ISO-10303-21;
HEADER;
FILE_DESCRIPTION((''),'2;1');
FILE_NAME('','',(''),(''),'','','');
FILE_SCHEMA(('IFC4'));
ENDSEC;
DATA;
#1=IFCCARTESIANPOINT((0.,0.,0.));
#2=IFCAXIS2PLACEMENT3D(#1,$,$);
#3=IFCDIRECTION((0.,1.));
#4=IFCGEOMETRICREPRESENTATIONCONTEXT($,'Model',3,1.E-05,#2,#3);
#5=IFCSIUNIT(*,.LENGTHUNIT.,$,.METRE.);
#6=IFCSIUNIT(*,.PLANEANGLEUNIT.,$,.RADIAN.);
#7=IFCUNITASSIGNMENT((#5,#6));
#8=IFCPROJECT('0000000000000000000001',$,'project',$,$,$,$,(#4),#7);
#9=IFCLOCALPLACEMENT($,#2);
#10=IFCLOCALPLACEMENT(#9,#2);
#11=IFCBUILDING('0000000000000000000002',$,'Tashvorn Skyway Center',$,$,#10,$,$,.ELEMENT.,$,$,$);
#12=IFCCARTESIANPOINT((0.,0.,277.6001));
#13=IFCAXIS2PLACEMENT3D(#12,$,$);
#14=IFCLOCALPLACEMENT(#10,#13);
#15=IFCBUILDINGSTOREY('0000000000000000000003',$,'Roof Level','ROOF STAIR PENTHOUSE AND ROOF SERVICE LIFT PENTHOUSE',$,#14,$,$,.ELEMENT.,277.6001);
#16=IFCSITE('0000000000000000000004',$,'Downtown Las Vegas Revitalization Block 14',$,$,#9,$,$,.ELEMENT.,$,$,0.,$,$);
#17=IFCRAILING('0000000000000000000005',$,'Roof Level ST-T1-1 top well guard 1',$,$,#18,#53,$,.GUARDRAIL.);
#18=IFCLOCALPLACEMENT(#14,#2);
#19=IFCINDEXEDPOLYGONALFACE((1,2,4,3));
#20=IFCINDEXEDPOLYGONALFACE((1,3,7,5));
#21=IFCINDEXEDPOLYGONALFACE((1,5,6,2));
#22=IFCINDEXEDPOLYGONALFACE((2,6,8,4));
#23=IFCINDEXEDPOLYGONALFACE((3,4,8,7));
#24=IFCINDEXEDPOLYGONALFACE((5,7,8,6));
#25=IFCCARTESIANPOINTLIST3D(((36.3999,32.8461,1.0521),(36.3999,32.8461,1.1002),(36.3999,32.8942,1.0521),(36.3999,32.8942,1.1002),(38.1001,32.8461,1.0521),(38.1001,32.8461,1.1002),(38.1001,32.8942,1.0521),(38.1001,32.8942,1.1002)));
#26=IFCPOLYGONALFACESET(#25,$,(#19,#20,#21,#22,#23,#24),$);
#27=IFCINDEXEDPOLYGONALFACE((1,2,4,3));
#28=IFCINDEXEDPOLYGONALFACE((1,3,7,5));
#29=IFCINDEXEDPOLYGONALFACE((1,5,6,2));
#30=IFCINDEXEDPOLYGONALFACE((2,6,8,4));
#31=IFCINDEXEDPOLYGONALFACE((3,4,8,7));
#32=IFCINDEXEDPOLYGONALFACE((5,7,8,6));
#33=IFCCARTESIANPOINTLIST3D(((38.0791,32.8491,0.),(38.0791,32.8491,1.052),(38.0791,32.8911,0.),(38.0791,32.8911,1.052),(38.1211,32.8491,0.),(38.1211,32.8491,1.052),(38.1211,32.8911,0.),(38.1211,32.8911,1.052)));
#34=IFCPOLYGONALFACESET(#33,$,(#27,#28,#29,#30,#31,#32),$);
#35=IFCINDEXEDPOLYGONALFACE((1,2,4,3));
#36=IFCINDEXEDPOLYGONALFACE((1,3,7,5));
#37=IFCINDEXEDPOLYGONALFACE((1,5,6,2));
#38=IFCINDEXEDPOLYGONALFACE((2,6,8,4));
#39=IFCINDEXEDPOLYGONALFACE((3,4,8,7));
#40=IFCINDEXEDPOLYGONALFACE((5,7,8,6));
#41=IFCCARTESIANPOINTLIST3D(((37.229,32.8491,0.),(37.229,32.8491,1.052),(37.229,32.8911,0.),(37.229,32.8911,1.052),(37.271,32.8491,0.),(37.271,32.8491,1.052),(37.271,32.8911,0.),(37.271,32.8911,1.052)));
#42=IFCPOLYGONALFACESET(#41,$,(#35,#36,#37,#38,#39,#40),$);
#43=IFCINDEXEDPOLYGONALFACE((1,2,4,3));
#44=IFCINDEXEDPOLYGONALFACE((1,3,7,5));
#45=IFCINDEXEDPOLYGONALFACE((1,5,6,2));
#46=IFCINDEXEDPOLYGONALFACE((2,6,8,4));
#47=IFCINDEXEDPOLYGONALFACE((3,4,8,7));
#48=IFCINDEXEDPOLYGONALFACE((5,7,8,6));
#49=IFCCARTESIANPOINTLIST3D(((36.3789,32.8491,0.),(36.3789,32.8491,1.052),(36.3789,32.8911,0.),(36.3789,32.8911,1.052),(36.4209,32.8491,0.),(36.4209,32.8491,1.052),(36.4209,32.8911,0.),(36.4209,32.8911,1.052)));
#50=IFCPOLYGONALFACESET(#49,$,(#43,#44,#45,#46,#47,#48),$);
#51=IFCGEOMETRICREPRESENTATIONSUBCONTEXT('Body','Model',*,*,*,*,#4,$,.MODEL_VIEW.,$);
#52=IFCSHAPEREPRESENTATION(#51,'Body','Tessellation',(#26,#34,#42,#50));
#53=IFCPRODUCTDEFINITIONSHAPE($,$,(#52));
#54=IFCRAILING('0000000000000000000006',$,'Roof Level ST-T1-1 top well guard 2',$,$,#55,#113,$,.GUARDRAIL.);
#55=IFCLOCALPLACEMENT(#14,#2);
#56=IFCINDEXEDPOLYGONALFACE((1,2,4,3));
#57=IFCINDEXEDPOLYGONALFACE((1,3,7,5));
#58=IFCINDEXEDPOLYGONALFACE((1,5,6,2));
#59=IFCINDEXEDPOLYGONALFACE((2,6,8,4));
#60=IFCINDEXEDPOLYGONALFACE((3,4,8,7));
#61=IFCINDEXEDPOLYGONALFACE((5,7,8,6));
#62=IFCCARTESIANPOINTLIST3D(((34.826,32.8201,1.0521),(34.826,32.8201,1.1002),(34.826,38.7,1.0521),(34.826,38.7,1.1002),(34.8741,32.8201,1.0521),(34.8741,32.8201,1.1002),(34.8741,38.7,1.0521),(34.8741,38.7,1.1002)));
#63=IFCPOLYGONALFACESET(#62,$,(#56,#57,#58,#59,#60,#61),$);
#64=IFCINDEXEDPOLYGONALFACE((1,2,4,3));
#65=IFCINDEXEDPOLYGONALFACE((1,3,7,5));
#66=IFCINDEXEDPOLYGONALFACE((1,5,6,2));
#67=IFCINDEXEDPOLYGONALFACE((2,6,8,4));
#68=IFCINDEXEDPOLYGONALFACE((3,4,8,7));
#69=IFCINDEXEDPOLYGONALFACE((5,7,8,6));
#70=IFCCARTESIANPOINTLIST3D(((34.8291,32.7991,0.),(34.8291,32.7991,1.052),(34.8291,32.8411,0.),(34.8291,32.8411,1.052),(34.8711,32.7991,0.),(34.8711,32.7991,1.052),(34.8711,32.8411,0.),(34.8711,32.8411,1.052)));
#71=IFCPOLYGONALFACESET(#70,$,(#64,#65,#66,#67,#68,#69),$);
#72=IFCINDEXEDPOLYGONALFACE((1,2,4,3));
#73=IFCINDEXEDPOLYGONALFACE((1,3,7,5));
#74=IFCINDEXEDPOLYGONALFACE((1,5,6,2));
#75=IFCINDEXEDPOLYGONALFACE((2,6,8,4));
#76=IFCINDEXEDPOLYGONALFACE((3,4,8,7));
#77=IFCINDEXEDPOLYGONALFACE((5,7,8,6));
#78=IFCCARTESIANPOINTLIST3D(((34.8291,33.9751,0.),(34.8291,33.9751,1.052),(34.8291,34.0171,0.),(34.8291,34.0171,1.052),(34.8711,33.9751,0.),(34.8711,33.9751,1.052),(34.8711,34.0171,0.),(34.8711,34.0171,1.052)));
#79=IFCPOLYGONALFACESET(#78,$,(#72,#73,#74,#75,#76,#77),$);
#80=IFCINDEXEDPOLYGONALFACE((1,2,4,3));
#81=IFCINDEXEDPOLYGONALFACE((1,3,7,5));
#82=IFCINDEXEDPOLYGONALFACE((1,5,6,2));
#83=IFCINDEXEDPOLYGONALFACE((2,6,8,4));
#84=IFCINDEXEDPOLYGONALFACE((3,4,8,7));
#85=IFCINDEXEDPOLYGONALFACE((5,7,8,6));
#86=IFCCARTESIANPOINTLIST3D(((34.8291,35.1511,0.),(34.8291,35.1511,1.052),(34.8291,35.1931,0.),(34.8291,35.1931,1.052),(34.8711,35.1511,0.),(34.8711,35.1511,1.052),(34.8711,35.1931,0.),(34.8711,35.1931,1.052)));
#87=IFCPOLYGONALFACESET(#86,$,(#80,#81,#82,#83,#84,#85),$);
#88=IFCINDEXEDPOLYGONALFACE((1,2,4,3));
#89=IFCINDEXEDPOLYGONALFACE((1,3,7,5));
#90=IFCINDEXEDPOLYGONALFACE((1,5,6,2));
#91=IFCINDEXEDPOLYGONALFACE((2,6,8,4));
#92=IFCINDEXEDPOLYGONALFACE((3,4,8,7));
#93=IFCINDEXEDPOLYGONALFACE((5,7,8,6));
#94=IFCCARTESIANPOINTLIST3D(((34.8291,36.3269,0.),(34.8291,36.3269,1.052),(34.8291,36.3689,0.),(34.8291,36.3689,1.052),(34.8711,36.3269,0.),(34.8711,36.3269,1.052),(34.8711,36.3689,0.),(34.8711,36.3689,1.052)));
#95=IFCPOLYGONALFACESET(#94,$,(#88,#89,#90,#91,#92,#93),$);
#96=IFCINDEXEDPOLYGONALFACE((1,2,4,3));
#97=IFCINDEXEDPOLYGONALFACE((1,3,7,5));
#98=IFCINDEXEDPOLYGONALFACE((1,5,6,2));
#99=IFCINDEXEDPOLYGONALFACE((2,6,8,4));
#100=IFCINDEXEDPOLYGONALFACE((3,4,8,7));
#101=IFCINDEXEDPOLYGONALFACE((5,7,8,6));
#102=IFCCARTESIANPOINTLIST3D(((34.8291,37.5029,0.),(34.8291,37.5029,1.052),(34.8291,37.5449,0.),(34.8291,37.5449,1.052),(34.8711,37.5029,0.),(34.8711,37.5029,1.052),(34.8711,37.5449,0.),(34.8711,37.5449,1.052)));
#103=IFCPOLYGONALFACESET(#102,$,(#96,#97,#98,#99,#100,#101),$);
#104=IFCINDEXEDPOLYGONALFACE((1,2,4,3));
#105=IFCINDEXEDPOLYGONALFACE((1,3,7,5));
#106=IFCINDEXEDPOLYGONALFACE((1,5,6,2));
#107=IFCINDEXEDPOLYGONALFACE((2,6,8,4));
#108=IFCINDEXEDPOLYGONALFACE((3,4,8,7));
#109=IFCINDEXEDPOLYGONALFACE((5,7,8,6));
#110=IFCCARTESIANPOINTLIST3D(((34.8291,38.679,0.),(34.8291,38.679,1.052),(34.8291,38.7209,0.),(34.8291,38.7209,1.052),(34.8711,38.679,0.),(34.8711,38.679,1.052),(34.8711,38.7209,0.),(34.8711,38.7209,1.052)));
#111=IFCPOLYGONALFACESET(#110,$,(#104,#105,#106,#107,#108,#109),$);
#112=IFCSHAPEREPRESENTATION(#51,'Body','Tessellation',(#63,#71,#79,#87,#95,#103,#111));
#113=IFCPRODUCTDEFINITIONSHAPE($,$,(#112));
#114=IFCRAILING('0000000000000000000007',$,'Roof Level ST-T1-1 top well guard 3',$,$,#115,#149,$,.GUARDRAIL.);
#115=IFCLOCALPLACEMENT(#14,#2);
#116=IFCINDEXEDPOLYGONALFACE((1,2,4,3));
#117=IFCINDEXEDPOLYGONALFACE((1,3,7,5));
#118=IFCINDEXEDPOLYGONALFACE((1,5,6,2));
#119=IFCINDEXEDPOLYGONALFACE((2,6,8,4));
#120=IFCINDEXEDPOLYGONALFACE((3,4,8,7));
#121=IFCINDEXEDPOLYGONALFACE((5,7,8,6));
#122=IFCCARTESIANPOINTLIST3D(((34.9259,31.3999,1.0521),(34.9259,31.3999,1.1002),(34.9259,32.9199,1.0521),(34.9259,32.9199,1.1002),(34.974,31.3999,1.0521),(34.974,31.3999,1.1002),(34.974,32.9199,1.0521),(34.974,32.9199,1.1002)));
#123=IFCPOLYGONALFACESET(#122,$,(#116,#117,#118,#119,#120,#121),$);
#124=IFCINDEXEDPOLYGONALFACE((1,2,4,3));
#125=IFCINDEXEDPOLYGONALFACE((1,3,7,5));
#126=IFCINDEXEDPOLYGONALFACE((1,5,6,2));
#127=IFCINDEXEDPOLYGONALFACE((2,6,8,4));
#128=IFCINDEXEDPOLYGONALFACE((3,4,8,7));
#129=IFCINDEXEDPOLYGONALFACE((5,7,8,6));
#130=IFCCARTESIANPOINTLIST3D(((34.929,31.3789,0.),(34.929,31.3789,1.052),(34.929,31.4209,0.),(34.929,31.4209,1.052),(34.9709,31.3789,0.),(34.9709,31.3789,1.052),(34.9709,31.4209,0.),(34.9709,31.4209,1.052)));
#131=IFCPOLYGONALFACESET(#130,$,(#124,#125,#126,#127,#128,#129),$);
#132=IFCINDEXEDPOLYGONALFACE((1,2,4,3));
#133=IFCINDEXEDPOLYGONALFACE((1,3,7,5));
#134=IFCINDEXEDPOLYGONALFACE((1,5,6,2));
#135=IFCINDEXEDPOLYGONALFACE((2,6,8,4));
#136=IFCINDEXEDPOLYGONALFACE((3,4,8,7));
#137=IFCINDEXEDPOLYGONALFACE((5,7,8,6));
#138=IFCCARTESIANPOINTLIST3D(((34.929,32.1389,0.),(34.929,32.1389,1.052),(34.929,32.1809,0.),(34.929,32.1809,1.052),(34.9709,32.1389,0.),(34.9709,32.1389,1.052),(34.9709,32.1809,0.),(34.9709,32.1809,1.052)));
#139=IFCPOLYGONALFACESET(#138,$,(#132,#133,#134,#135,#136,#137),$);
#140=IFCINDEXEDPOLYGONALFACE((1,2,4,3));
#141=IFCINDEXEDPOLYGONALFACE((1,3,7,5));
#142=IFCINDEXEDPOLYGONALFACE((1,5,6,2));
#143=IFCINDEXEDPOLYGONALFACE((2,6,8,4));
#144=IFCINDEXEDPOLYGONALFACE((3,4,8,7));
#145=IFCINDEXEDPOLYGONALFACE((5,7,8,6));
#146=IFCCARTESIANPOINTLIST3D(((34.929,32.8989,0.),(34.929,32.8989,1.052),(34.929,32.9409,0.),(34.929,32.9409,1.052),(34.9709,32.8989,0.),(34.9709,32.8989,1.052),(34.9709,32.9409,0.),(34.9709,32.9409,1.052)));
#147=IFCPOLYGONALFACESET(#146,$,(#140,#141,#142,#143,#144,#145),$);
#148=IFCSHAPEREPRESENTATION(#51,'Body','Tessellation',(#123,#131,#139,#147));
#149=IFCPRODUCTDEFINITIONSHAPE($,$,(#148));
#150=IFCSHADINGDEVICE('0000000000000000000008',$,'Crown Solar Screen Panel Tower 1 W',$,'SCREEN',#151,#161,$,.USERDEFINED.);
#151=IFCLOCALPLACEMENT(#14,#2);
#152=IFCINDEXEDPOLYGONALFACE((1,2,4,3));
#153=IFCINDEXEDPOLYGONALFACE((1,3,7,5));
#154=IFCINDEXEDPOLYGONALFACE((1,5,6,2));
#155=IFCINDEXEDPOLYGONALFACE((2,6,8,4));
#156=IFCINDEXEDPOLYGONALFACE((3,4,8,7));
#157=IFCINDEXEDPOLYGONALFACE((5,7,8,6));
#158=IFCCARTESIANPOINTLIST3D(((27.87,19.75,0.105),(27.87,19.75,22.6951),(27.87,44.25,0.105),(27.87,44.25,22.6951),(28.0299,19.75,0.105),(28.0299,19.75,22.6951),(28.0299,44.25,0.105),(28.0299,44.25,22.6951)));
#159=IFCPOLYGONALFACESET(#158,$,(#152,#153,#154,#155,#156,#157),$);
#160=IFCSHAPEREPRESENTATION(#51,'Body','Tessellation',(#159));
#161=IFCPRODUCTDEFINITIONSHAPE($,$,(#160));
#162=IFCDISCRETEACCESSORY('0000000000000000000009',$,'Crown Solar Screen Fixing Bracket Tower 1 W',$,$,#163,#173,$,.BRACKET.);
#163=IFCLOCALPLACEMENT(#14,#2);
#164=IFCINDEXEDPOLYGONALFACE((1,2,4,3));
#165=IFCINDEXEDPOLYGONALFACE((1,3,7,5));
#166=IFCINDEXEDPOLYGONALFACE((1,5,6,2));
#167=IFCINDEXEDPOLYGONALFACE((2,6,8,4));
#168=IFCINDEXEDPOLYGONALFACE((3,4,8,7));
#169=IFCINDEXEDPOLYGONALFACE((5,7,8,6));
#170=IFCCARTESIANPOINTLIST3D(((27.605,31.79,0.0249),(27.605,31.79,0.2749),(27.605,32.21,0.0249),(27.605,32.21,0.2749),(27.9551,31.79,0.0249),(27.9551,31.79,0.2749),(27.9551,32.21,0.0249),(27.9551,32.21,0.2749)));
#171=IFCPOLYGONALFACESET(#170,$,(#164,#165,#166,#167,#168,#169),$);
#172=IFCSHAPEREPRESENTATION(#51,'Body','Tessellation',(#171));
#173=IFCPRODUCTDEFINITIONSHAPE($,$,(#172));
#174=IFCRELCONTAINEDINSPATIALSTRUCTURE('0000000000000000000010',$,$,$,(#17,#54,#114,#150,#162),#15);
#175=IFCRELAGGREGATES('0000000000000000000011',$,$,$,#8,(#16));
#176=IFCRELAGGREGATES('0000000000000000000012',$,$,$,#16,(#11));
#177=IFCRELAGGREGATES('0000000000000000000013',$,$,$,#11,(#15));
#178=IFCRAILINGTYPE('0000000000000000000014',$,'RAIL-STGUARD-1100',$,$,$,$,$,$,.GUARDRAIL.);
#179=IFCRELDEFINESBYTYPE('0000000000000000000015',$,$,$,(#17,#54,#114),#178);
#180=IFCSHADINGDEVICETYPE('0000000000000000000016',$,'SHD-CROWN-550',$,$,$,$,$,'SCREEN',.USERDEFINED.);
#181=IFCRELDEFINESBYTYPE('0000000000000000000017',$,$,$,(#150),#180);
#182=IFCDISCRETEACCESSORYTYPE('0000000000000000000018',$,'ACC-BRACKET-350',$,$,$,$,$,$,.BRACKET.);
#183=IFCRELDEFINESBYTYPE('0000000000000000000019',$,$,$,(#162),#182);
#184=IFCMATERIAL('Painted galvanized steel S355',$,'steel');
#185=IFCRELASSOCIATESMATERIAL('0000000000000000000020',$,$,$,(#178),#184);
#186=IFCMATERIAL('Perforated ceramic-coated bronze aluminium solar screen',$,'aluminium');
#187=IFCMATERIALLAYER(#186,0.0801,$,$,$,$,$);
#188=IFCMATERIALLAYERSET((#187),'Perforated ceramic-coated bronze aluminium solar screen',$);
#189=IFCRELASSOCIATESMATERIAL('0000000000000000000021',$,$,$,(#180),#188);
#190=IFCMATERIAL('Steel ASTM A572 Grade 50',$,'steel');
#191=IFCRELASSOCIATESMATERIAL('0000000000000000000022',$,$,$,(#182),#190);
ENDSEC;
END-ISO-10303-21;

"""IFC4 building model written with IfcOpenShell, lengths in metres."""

from ifc_helpers import new_model, si_unit, direction, frame, origin, origin_2d, place, context, subcontext, project, spatial, rectangle, extrude, material, layer, layer_set, type_object, element, save


model = new_model("IFC4")

# Units and contexts
model_context = context("Model", 3, precision=1e-05, world=origin(), true_north=direction((0.0, 1.0)))
body_context = subcontext(model_context, "Body", "Model", "MODEL_VIEW")
ifc_project = project(units=[si_unit("LENGTHUNIT", "METRE"), si_unit("PLANEANGLEUNIT", "RADIAN")], contexts=[model_context])

# Site, building, storey
site_placement = place(None, origin())
site = spatial("IfcSite", under=ifc_project, at=site_placement, Name="Downtown Las Vegas Revitalization Block 14", CompositionType="ELEMENT", RefElevation=0.0)
building_placement = place(site_placement, origin())
building = spatial("IfcBuilding", under=site, at=building_placement, Name="Tashvorn Skyway Center", CompositionType="ELEMENT")
storey_placement = place(building_placement, frame((0.0, 0.0, 277.6001)))
storey = spatial("IfcBuildingStorey", under=building, at=storey_placement, Name="Roof Level", Description="ROOF STAIR PENTHOUSE AND ROOF SERVICE LIFT PENTHOUSE", CompositionType="ELEMENT", Elevation=277.6001)

# Shared definitions
ifc_material_1 = material(Name="Steel ASTM A572 Grade 50", Category="steel")

# Shared definitions
ifc_material_2 = material(Name="Perforated ceramic-coated bronze aluminium solar screen", Category="aluminium")

# Railings
ifc_material_3 = material(Name="Painted galvanized steel S355", Category="steel")
railing_type = type_object("IfcRailingType", Name="RAIL-STGUARD-1100", PredefinedType="GUARDRAIL", material=ifc_material_3)
railing_1_placement = place(storey_placement, frame((38.1001, 32.8701, 0.0)))
element("IfcRailing", 1, at=railing_1_placement, inside=storey, type_object=railing_type, Name="Roof Level ST-T1-1 top well guard 1", PredefinedType="GUARDRAIL", context=body_context, shape_type="SweptSolid", body=[
    extrude(rectangle(XDim=0.0481, YDim=0.0481, at=origin_2d()), frame((0.0, 0.0, 1.0762), z_axis=(-1.0, 0.0, 0.0), x_axis=(0.0, -1.0, 0.0)), (0.0, 0.0, 1.0), 1.7002),
    extrude(rectangle(XDim=0.042, YDim=0.042, at=origin_2d()), origin(), (0.0, 0.0, 1.0), 1.052),
    extrude(rectangle(XDim=0.042, YDim=0.042, at=origin_2d()), frame((-0.8501, 0.0, 0.0)), (0.0, 0.0, 1.0), 1.052),
    extrude(rectangle(XDim=0.042, YDim=0.042, at=origin_2d()), frame((-1.7002, 0.0, 0.0)), (0.0, 0.0, 1.0), 1.052),
])
railing_2_placement = place(storey_placement, frame((34.8501, 32.8201, 0.0)))
element("IfcRailing", 2, at=railing_2_placement, inside=storey, type_object=railing_type, Name="Roof Level ST-T1-1 top well guard 2", PredefinedType="GUARDRAIL", context=body_context, shape_type="SweptSolid", body=[
    extrude(rectangle(XDim=0.0481, YDim=0.0481, at=origin_2d()), frame((0.0, 0.0, 1.0762), z_axis=(0.0, 1.0, 0.0), x_axis=(-1.0, 0.0, 0.0)), (0.0, 0.0, 1.0), 5.8799),
    extrude(rectangle(XDim=0.042, YDim=0.042, at=origin_2d()), origin(), (0.0, 0.0, 1.0), 1.052),
    extrude(rectangle(XDim=0.042, YDim=0.042, at=origin_2d()), frame((0.0, 1.176, 0.0)), (0.0, 0.0, 1.0), 1.052),
    extrude(rectangle(XDim=0.042, YDim=0.042, at=origin_2d()), frame((0.0, 2.3521, 0.0)), (0.0, 0.0, 1.0), 1.052),
    extrude(rectangle(XDim=0.042, YDim=0.042, at=origin_2d()), frame((0.0, 3.5278, 0.0)), (0.0, 0.0, 1.0), 1.052),
    extrude(rectangle(XDim=0.042, YDim=0.042, at=origin_2d()), frame((0.0, 4.7039, 0.0)), (0.0, 0.0, 1.0), 1.052),
    extrude(rectangle(XDim=0.042, YDim=0.042, at=origin_2d()), frame((0.0, 5.8799, 0.0)), (0.0, 0.0, 1.0), 1.052),
])
railing_3_placement = place(storey_placement, frame((34.95, 31.3999, 0.0)))
element("IfcRailing", 3, at=railing_3_placement, inside=storey, type_object=railing_type, Name="Roof Level ST-T1-1 top well guard 3", PredefinedType="GUARDRAIL", context=body_context, shape_type="SweptSolid", body=[
    extrude(rectangle(XDim=0.0481, YDim=0.0481, at=origin_2d()), frame((0.0, 0.0, 1.0762), z_axis=(0.0, 1.0, 0.0), x_axis=(-1.0, 0.0, 0.0)), (0.0, 0.0, 1.0), 1.52),
    extrude(rectangle(XDim=0.042, YDim=0.042, at=origin_2d()), origin(), (0.0, 0.0, 1.0), 1.052),
    extrude(rectangle(XDim=0.042, YDim=0.042, at=origin_2d()), frame((0.0, 0.76, 0.0)), (0.0, 0.0, 1.0), 1.052),
    extrude(rectangle(XDim=0.042, YDim=0.042, at=origin_2d()), frame((0.0, 1.52, 0.0)), (0.0, 0.0, 1.0), 1.052),
])

# Shading device
ifc_layer_1 = layer(ifc_material_2, 0.0801)
ifc_layer_set_1 = layer_set([ifc_layer_1], Name="Perforated ceramic-coated bronze aluminium solar screen")
shading_device_type = type_object("IfcShadingDeviceType", Name="SHD-CROWN-550", ElementType="SCREEN", PredefinedType="USERDEFINED", material=ifc_layer_set_1)
shading_device_placement = place(storey_placement, frame((27.95, 32.0, 0.105), z_axis=(0.0, 0.0, 1.0), x_axis=(0.0, -1.0, 0.0)))
element("IfcShadingDevice", 4, at=shading_device_placement, inside=storey, type_object=shading_device_type, Name="Crown Solar Screen Panel Tower 1 W", ObjectType="SCREEN", PredefinedType="USERDEFINED", context=body_context, shape_type="SweptSolid", body=[
    extrude(rectangle(XDim=24.5, YDim=0.1599, at=origin_2d()), origin(), (0.0, 0.0, 1.0), 22.5901),
])

# Discrete accessory
discrete_accessory_type = type_object("IfcDiscreteAccessoryType", Name="ACC-BRACKET-350", PredefinedType="BRACKET", material=ifc_material_1)
discrete_accessory_placement = place(storey_placement, frame((27.78, 32.0, 0.0249), z_axis=(0.0, 0.0, 1.0), x_axis=(0.0, -1.0, 0.0)))
element("IfcDiscreteAccessory", 5, at=discrete_accessory_placement, inside=storey, type_object=discrete_accessory_type, Name="Crown Solar Screen Fixing Bracket Tower 1 W", PredefinedType="BRACKET", context=body_context, shape_type="SweptSolid", body=[
    extrude(rectangle(XDim=0.4199, YDim=0.3501, at=origin_2d()), origin(), (0.0, 0.0, 1.0), 0.25),
])

save(model, "model.ifc")
